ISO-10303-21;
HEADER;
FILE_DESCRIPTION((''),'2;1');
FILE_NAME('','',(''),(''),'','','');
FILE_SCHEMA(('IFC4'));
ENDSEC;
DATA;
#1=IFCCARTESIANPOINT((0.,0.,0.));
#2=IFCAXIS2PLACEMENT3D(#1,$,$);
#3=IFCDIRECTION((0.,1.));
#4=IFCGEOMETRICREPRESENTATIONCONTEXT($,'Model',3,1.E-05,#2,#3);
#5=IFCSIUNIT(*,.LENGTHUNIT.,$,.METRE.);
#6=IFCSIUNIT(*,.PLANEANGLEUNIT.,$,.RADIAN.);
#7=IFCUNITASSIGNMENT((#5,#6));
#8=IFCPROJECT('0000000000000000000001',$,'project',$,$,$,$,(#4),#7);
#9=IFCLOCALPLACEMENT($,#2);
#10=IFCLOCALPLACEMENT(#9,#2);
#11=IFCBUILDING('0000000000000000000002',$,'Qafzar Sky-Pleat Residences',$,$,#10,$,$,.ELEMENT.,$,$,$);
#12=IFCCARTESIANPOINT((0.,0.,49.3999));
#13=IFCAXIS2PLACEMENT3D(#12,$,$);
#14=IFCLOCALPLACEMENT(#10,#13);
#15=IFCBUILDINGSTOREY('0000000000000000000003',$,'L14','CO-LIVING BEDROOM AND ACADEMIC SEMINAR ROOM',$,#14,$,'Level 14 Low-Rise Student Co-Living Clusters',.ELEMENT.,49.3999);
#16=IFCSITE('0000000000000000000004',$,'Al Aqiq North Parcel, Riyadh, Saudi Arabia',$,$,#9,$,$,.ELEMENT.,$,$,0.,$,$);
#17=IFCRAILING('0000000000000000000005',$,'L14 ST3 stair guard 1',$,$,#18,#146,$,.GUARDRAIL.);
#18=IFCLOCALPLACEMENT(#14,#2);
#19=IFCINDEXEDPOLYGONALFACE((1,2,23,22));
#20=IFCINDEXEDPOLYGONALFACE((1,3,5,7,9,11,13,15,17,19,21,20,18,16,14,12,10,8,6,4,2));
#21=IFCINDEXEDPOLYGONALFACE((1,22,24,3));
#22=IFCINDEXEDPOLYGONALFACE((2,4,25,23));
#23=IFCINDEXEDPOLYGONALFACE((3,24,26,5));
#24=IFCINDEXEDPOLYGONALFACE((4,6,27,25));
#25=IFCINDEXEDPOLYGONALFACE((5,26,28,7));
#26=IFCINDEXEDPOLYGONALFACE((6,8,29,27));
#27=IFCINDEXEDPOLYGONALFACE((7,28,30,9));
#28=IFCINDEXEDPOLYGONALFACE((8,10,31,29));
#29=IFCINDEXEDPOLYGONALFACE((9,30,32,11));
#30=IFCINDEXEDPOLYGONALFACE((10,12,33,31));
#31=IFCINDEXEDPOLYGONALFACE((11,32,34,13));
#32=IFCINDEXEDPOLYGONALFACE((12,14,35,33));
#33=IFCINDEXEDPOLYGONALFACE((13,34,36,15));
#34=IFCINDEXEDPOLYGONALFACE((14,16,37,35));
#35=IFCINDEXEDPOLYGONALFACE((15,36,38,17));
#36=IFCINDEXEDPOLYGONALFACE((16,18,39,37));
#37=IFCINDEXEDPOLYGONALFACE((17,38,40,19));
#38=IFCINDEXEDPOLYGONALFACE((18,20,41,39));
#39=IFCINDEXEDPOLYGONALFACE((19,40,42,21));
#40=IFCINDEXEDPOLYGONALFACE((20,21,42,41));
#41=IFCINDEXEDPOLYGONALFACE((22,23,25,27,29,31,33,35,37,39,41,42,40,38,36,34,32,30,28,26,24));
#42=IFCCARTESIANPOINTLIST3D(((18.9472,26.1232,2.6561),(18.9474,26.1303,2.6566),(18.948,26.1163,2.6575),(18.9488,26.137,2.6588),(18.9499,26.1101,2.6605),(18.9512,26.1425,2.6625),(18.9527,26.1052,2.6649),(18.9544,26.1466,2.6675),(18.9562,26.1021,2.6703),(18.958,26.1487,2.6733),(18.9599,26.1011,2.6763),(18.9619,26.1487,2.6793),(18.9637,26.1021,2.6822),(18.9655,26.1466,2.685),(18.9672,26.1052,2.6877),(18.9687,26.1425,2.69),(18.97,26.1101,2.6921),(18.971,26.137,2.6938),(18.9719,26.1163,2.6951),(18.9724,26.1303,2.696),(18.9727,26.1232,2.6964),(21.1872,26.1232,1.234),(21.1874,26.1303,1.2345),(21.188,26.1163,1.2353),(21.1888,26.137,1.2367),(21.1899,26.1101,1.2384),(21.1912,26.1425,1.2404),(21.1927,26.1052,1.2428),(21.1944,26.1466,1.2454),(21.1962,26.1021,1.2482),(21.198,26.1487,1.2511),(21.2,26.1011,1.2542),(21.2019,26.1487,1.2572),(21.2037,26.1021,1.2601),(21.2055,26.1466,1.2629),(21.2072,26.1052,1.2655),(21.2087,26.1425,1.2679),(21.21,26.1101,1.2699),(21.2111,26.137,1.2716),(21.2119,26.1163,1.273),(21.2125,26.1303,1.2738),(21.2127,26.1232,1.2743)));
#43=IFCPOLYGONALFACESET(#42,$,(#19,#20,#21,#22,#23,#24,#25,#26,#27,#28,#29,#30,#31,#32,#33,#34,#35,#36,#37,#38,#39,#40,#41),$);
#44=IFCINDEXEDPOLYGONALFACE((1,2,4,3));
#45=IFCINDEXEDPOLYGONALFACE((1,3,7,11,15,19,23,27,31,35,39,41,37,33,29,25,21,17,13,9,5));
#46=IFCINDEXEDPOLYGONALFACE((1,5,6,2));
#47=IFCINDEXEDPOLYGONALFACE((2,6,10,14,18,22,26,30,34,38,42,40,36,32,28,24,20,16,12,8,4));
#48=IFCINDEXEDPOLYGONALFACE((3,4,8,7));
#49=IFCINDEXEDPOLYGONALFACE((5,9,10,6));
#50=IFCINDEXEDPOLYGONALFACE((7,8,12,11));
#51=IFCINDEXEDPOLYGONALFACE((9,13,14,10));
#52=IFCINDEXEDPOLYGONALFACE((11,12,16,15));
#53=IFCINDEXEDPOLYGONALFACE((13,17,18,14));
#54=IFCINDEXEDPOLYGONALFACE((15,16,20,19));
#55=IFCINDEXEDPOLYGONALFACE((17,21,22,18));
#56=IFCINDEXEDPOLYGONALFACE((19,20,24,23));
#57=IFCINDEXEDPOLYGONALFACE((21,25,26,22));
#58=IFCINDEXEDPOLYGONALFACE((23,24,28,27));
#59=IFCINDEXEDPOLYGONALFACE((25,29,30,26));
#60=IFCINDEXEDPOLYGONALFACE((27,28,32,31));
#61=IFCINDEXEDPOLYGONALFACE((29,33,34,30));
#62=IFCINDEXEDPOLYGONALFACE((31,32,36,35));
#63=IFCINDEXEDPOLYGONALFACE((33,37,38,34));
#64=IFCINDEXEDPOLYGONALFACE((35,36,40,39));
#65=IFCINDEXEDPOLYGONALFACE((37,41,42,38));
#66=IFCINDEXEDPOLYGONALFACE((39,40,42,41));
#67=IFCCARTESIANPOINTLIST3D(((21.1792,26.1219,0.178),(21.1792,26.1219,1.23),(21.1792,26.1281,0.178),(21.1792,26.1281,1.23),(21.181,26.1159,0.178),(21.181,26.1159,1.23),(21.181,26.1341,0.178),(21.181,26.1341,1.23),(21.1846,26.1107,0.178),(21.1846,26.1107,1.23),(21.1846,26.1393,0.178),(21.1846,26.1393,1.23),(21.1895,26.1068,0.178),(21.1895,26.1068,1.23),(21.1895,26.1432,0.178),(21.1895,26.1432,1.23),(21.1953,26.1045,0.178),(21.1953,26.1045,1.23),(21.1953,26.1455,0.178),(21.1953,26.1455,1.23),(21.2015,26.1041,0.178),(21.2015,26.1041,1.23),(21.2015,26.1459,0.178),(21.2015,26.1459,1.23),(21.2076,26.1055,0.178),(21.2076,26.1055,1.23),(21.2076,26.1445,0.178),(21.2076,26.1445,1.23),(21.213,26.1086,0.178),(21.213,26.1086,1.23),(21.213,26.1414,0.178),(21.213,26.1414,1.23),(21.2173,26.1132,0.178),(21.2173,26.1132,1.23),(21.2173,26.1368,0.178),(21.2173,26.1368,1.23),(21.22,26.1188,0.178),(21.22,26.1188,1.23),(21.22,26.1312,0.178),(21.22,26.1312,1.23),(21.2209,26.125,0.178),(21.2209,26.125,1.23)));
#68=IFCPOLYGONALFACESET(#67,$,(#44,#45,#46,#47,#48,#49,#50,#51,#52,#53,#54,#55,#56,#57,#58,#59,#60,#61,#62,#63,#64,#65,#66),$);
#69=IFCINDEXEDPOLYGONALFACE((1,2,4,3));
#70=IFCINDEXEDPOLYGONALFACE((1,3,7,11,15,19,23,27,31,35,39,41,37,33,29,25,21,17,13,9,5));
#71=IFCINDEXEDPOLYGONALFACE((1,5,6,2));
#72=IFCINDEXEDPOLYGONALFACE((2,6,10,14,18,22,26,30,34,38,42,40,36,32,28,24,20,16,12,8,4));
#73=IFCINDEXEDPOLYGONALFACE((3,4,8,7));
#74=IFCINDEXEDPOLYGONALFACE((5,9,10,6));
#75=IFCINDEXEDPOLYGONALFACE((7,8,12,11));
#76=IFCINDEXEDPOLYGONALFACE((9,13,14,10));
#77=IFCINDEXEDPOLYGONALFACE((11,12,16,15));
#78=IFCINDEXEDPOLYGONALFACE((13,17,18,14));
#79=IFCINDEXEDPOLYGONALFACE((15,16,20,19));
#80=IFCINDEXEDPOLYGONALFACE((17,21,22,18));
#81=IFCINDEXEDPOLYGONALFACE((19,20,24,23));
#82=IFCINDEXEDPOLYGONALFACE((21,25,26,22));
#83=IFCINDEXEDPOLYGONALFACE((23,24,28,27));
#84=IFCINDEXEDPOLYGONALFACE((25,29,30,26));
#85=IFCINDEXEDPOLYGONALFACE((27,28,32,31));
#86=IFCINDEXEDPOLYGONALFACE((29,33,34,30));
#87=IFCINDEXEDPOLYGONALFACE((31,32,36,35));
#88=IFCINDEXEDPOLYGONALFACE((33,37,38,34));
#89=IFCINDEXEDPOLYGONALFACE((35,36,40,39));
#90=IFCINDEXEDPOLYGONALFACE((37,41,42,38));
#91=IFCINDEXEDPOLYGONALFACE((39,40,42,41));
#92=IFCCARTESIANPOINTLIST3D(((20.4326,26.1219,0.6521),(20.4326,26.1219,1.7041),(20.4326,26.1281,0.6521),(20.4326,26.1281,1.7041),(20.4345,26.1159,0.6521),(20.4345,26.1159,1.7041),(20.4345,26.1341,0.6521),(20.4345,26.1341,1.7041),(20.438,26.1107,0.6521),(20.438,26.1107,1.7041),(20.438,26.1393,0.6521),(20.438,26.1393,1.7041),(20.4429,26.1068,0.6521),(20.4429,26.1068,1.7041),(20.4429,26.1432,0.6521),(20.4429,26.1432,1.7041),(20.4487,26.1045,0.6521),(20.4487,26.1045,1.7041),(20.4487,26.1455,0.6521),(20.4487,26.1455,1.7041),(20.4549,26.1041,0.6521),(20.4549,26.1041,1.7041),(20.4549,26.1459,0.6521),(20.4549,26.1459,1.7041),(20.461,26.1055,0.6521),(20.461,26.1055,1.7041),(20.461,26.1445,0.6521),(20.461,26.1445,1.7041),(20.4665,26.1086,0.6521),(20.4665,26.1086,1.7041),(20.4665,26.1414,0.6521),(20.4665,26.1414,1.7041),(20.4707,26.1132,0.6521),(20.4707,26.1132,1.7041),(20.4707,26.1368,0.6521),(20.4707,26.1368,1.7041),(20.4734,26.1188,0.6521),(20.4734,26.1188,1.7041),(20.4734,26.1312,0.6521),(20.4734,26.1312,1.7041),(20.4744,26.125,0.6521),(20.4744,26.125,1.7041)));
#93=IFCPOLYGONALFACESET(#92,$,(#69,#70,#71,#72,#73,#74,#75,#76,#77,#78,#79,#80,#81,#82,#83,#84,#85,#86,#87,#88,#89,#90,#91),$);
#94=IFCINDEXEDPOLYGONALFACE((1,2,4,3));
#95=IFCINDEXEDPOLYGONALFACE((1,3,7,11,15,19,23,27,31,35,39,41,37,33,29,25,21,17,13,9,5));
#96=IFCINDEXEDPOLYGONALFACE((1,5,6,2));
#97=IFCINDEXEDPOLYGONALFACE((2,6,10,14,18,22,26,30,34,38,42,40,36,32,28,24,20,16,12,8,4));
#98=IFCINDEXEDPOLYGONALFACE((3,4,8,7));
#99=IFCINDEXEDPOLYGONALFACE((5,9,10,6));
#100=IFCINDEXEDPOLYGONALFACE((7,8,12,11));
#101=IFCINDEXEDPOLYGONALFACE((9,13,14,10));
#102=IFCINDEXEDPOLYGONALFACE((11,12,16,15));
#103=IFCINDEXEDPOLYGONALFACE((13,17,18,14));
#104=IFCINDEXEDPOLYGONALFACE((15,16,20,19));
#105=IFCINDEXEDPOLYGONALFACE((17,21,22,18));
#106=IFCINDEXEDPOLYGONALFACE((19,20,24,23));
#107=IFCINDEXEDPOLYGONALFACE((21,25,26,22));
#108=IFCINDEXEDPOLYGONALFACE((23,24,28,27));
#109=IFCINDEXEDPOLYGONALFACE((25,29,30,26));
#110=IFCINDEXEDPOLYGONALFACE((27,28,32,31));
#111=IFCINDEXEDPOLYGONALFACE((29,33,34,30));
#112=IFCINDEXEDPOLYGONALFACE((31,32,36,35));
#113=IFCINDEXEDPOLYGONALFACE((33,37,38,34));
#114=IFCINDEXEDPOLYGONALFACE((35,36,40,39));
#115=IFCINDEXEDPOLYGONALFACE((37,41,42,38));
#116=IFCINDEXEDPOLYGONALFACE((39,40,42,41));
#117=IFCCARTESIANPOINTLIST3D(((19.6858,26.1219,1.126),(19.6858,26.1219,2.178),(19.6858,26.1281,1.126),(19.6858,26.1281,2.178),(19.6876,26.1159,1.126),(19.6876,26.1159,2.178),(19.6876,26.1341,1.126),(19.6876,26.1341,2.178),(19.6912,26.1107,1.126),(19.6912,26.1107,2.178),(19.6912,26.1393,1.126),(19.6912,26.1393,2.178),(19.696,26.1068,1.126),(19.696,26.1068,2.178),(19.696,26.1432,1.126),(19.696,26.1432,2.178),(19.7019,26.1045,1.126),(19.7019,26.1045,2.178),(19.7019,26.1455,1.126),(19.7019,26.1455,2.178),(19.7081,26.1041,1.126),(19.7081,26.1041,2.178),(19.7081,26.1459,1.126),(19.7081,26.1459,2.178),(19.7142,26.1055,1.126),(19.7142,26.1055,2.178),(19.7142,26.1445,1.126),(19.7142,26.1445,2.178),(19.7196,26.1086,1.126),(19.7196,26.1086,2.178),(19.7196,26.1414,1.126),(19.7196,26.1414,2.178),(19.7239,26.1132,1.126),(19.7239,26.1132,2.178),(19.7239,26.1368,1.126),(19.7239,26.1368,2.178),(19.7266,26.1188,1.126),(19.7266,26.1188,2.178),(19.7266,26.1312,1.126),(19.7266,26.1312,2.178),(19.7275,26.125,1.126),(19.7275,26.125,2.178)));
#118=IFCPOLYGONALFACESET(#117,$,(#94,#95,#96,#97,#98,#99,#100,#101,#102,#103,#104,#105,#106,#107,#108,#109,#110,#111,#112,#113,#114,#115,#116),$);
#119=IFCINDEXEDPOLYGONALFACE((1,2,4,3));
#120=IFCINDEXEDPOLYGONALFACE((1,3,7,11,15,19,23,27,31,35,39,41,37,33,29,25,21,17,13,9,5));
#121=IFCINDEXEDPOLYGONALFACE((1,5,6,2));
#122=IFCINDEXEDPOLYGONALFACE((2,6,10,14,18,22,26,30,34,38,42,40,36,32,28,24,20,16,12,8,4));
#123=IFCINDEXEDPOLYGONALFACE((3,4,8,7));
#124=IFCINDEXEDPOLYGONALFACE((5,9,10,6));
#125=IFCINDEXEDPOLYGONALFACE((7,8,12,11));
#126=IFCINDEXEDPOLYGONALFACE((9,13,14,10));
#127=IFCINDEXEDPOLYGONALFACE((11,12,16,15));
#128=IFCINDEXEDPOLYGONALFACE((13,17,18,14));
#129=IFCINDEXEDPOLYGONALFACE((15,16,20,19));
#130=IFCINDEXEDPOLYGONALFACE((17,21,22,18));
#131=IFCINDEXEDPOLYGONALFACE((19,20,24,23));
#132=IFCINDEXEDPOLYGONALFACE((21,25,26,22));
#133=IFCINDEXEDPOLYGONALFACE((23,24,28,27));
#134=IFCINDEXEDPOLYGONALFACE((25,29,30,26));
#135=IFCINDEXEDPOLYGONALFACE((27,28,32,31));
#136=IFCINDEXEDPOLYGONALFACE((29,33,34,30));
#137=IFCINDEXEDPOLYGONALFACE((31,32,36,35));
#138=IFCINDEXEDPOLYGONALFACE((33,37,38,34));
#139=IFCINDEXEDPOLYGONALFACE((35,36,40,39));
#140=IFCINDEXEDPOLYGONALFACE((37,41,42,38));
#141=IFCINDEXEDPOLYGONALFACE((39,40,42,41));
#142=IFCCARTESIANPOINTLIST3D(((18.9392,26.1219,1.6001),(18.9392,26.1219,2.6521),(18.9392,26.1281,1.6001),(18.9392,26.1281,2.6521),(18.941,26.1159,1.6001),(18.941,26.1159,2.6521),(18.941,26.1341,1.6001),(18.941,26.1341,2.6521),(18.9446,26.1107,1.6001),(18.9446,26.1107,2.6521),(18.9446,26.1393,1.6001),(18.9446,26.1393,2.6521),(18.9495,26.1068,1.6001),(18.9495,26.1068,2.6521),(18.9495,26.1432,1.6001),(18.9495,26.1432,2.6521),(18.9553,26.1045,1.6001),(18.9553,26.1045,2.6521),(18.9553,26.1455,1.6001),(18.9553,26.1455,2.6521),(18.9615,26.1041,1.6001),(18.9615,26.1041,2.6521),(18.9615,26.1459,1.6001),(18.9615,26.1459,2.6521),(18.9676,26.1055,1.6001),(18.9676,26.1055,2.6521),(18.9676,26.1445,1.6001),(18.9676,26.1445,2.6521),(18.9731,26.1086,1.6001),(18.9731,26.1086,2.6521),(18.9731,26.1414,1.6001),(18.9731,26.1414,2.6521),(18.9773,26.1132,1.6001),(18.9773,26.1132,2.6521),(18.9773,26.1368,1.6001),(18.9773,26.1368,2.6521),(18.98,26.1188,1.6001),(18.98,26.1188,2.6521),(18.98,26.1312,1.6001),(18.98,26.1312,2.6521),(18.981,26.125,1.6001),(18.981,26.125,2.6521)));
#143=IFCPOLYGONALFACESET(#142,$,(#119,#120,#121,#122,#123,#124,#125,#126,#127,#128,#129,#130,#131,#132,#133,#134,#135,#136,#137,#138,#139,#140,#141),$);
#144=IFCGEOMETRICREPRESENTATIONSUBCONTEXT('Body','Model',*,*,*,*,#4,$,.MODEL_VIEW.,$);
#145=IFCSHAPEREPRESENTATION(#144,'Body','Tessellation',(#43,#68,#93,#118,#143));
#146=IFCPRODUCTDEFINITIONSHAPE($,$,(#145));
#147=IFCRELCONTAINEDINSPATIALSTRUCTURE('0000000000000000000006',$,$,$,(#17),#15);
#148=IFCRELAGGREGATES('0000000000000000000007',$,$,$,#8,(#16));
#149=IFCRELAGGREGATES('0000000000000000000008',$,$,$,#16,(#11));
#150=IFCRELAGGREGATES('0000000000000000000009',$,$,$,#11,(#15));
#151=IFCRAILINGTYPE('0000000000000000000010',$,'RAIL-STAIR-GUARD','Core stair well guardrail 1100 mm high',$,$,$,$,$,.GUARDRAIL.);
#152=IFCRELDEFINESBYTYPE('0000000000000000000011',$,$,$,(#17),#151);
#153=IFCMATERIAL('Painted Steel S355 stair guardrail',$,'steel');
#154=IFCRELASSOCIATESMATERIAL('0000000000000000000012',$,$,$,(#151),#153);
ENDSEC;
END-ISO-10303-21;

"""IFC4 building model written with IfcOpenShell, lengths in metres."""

from ifc_helpers import new_model, si_unit, direction, frame, origin, origin_2d, place, context, subcontext, project, spatial, circle, extrude, source, transform, mapped, material, type_object, element, save


model = new_model("IFC4")

# Units and contexts
model_context = context("Model", 3, precision=1e-05, world=origin(), true_north=direction((0.0, 1.0)))
body_context = subcontext(model_context, "Body", "Model", "MODEL_VIEW")
ifc_project = project(units=[si_unit("LENGTHUNIT", "METRE"), si_unit("PLANEANGLEUNIT", "RADIAN")], contexts=[model_context])

# Site, building, storey
site_placement = place(None, origin())
site = spatial("IfcSite", under=ifc_project, at=site_placement, Name="Al Aqiq North Parcel, Riyadh, Saudi Arabia", CompositionType="ELEMENT", RefElevation=0.0)
building_placement = place(site_placement, origin())
building = spatial("IfcBuilding", under=site, at=building_placement, Name="Qafzar Sky-Pleat Residences", CompositionType="ELEMENT")
storey_placement = place(building_placement, frame((0.0, 0.0, 49.3999)))
storey = spatial("IfcBuildingStorey", under=building, at=storey_placement, Name="L14", Description="CO-LIVING BEDROOM AND ACADEMIC SEMINAR ROOM", LongName="Level 14 Low-Rise Student Co-Living Clusters", CompositionType="ELEMENT", Elevation=49.3999)

# Railing
ifc_material_1 = material(Name="Painted Steel S355 stair guardrail", Category="steel")
railing_type_1 = type_object("IfcRailingType", Name="RAIL-STAIR-GUARD", Description="Core stair well guardrail 1100 mm high", PredefinedType="GUARDRAIL", material=ifc_material_1)
shared_shape_1 = source(origin(), body_context, "Body", "SweptSolid", [
    extrude(circle(Radius=0.0239, at=origin_2d()), frame((0.0, 0.0, 1.0762), z_axis=(-0.844229, 0.0, 0.535982), x_axis=(0.0, -1.0, 0.0)), (0.0, 0.0, 1.0), 2.6533),
    extrude(circle(Radius=0.021, at=origin_2d()), origin(), (0.0, 0.0, 1.0), 1.052),
    extrude(circle(Radius=0.021, at=origin_2d()), frame((-0.7466, 0.0, 0.4741)), (0.0, 0.0, 1.0), 1.052),
    extrude(circle(Radius=0.021, at=origin_2d()), frame((-1.4934, 0.0, 0.948)), (0.0, 0.0, 1.0), 1.052),
    extrude(circle(Radius=0.021, at=origin_2d()), frame((-2.24, 0.0, 1.4221)), (0.0, 0.0, 1.0), 1.052),
])
railing_1_placement = place(storey_placement, frame((21.2, 26.125, 0.178)))
element("IfcRailing", 1, at=railing_1_placement, inside=storey, type_object=railing_type_1, Name="L14 ST3 stair guard 1", PredefinedType="GUARDRAIL", context=body_context, shape_type="MappedRepresentation", body=[
    mapped(shared_shape_1, transform((0.0, 0.0, 0.0), x_axis=(1.0, 0.0, 0.0), y_axis=(0.0, 1.0, 0.0), z_axis=(0.0, 0.0, 1.0), scale=1.0)),
])

save(model, "model.ifc")
